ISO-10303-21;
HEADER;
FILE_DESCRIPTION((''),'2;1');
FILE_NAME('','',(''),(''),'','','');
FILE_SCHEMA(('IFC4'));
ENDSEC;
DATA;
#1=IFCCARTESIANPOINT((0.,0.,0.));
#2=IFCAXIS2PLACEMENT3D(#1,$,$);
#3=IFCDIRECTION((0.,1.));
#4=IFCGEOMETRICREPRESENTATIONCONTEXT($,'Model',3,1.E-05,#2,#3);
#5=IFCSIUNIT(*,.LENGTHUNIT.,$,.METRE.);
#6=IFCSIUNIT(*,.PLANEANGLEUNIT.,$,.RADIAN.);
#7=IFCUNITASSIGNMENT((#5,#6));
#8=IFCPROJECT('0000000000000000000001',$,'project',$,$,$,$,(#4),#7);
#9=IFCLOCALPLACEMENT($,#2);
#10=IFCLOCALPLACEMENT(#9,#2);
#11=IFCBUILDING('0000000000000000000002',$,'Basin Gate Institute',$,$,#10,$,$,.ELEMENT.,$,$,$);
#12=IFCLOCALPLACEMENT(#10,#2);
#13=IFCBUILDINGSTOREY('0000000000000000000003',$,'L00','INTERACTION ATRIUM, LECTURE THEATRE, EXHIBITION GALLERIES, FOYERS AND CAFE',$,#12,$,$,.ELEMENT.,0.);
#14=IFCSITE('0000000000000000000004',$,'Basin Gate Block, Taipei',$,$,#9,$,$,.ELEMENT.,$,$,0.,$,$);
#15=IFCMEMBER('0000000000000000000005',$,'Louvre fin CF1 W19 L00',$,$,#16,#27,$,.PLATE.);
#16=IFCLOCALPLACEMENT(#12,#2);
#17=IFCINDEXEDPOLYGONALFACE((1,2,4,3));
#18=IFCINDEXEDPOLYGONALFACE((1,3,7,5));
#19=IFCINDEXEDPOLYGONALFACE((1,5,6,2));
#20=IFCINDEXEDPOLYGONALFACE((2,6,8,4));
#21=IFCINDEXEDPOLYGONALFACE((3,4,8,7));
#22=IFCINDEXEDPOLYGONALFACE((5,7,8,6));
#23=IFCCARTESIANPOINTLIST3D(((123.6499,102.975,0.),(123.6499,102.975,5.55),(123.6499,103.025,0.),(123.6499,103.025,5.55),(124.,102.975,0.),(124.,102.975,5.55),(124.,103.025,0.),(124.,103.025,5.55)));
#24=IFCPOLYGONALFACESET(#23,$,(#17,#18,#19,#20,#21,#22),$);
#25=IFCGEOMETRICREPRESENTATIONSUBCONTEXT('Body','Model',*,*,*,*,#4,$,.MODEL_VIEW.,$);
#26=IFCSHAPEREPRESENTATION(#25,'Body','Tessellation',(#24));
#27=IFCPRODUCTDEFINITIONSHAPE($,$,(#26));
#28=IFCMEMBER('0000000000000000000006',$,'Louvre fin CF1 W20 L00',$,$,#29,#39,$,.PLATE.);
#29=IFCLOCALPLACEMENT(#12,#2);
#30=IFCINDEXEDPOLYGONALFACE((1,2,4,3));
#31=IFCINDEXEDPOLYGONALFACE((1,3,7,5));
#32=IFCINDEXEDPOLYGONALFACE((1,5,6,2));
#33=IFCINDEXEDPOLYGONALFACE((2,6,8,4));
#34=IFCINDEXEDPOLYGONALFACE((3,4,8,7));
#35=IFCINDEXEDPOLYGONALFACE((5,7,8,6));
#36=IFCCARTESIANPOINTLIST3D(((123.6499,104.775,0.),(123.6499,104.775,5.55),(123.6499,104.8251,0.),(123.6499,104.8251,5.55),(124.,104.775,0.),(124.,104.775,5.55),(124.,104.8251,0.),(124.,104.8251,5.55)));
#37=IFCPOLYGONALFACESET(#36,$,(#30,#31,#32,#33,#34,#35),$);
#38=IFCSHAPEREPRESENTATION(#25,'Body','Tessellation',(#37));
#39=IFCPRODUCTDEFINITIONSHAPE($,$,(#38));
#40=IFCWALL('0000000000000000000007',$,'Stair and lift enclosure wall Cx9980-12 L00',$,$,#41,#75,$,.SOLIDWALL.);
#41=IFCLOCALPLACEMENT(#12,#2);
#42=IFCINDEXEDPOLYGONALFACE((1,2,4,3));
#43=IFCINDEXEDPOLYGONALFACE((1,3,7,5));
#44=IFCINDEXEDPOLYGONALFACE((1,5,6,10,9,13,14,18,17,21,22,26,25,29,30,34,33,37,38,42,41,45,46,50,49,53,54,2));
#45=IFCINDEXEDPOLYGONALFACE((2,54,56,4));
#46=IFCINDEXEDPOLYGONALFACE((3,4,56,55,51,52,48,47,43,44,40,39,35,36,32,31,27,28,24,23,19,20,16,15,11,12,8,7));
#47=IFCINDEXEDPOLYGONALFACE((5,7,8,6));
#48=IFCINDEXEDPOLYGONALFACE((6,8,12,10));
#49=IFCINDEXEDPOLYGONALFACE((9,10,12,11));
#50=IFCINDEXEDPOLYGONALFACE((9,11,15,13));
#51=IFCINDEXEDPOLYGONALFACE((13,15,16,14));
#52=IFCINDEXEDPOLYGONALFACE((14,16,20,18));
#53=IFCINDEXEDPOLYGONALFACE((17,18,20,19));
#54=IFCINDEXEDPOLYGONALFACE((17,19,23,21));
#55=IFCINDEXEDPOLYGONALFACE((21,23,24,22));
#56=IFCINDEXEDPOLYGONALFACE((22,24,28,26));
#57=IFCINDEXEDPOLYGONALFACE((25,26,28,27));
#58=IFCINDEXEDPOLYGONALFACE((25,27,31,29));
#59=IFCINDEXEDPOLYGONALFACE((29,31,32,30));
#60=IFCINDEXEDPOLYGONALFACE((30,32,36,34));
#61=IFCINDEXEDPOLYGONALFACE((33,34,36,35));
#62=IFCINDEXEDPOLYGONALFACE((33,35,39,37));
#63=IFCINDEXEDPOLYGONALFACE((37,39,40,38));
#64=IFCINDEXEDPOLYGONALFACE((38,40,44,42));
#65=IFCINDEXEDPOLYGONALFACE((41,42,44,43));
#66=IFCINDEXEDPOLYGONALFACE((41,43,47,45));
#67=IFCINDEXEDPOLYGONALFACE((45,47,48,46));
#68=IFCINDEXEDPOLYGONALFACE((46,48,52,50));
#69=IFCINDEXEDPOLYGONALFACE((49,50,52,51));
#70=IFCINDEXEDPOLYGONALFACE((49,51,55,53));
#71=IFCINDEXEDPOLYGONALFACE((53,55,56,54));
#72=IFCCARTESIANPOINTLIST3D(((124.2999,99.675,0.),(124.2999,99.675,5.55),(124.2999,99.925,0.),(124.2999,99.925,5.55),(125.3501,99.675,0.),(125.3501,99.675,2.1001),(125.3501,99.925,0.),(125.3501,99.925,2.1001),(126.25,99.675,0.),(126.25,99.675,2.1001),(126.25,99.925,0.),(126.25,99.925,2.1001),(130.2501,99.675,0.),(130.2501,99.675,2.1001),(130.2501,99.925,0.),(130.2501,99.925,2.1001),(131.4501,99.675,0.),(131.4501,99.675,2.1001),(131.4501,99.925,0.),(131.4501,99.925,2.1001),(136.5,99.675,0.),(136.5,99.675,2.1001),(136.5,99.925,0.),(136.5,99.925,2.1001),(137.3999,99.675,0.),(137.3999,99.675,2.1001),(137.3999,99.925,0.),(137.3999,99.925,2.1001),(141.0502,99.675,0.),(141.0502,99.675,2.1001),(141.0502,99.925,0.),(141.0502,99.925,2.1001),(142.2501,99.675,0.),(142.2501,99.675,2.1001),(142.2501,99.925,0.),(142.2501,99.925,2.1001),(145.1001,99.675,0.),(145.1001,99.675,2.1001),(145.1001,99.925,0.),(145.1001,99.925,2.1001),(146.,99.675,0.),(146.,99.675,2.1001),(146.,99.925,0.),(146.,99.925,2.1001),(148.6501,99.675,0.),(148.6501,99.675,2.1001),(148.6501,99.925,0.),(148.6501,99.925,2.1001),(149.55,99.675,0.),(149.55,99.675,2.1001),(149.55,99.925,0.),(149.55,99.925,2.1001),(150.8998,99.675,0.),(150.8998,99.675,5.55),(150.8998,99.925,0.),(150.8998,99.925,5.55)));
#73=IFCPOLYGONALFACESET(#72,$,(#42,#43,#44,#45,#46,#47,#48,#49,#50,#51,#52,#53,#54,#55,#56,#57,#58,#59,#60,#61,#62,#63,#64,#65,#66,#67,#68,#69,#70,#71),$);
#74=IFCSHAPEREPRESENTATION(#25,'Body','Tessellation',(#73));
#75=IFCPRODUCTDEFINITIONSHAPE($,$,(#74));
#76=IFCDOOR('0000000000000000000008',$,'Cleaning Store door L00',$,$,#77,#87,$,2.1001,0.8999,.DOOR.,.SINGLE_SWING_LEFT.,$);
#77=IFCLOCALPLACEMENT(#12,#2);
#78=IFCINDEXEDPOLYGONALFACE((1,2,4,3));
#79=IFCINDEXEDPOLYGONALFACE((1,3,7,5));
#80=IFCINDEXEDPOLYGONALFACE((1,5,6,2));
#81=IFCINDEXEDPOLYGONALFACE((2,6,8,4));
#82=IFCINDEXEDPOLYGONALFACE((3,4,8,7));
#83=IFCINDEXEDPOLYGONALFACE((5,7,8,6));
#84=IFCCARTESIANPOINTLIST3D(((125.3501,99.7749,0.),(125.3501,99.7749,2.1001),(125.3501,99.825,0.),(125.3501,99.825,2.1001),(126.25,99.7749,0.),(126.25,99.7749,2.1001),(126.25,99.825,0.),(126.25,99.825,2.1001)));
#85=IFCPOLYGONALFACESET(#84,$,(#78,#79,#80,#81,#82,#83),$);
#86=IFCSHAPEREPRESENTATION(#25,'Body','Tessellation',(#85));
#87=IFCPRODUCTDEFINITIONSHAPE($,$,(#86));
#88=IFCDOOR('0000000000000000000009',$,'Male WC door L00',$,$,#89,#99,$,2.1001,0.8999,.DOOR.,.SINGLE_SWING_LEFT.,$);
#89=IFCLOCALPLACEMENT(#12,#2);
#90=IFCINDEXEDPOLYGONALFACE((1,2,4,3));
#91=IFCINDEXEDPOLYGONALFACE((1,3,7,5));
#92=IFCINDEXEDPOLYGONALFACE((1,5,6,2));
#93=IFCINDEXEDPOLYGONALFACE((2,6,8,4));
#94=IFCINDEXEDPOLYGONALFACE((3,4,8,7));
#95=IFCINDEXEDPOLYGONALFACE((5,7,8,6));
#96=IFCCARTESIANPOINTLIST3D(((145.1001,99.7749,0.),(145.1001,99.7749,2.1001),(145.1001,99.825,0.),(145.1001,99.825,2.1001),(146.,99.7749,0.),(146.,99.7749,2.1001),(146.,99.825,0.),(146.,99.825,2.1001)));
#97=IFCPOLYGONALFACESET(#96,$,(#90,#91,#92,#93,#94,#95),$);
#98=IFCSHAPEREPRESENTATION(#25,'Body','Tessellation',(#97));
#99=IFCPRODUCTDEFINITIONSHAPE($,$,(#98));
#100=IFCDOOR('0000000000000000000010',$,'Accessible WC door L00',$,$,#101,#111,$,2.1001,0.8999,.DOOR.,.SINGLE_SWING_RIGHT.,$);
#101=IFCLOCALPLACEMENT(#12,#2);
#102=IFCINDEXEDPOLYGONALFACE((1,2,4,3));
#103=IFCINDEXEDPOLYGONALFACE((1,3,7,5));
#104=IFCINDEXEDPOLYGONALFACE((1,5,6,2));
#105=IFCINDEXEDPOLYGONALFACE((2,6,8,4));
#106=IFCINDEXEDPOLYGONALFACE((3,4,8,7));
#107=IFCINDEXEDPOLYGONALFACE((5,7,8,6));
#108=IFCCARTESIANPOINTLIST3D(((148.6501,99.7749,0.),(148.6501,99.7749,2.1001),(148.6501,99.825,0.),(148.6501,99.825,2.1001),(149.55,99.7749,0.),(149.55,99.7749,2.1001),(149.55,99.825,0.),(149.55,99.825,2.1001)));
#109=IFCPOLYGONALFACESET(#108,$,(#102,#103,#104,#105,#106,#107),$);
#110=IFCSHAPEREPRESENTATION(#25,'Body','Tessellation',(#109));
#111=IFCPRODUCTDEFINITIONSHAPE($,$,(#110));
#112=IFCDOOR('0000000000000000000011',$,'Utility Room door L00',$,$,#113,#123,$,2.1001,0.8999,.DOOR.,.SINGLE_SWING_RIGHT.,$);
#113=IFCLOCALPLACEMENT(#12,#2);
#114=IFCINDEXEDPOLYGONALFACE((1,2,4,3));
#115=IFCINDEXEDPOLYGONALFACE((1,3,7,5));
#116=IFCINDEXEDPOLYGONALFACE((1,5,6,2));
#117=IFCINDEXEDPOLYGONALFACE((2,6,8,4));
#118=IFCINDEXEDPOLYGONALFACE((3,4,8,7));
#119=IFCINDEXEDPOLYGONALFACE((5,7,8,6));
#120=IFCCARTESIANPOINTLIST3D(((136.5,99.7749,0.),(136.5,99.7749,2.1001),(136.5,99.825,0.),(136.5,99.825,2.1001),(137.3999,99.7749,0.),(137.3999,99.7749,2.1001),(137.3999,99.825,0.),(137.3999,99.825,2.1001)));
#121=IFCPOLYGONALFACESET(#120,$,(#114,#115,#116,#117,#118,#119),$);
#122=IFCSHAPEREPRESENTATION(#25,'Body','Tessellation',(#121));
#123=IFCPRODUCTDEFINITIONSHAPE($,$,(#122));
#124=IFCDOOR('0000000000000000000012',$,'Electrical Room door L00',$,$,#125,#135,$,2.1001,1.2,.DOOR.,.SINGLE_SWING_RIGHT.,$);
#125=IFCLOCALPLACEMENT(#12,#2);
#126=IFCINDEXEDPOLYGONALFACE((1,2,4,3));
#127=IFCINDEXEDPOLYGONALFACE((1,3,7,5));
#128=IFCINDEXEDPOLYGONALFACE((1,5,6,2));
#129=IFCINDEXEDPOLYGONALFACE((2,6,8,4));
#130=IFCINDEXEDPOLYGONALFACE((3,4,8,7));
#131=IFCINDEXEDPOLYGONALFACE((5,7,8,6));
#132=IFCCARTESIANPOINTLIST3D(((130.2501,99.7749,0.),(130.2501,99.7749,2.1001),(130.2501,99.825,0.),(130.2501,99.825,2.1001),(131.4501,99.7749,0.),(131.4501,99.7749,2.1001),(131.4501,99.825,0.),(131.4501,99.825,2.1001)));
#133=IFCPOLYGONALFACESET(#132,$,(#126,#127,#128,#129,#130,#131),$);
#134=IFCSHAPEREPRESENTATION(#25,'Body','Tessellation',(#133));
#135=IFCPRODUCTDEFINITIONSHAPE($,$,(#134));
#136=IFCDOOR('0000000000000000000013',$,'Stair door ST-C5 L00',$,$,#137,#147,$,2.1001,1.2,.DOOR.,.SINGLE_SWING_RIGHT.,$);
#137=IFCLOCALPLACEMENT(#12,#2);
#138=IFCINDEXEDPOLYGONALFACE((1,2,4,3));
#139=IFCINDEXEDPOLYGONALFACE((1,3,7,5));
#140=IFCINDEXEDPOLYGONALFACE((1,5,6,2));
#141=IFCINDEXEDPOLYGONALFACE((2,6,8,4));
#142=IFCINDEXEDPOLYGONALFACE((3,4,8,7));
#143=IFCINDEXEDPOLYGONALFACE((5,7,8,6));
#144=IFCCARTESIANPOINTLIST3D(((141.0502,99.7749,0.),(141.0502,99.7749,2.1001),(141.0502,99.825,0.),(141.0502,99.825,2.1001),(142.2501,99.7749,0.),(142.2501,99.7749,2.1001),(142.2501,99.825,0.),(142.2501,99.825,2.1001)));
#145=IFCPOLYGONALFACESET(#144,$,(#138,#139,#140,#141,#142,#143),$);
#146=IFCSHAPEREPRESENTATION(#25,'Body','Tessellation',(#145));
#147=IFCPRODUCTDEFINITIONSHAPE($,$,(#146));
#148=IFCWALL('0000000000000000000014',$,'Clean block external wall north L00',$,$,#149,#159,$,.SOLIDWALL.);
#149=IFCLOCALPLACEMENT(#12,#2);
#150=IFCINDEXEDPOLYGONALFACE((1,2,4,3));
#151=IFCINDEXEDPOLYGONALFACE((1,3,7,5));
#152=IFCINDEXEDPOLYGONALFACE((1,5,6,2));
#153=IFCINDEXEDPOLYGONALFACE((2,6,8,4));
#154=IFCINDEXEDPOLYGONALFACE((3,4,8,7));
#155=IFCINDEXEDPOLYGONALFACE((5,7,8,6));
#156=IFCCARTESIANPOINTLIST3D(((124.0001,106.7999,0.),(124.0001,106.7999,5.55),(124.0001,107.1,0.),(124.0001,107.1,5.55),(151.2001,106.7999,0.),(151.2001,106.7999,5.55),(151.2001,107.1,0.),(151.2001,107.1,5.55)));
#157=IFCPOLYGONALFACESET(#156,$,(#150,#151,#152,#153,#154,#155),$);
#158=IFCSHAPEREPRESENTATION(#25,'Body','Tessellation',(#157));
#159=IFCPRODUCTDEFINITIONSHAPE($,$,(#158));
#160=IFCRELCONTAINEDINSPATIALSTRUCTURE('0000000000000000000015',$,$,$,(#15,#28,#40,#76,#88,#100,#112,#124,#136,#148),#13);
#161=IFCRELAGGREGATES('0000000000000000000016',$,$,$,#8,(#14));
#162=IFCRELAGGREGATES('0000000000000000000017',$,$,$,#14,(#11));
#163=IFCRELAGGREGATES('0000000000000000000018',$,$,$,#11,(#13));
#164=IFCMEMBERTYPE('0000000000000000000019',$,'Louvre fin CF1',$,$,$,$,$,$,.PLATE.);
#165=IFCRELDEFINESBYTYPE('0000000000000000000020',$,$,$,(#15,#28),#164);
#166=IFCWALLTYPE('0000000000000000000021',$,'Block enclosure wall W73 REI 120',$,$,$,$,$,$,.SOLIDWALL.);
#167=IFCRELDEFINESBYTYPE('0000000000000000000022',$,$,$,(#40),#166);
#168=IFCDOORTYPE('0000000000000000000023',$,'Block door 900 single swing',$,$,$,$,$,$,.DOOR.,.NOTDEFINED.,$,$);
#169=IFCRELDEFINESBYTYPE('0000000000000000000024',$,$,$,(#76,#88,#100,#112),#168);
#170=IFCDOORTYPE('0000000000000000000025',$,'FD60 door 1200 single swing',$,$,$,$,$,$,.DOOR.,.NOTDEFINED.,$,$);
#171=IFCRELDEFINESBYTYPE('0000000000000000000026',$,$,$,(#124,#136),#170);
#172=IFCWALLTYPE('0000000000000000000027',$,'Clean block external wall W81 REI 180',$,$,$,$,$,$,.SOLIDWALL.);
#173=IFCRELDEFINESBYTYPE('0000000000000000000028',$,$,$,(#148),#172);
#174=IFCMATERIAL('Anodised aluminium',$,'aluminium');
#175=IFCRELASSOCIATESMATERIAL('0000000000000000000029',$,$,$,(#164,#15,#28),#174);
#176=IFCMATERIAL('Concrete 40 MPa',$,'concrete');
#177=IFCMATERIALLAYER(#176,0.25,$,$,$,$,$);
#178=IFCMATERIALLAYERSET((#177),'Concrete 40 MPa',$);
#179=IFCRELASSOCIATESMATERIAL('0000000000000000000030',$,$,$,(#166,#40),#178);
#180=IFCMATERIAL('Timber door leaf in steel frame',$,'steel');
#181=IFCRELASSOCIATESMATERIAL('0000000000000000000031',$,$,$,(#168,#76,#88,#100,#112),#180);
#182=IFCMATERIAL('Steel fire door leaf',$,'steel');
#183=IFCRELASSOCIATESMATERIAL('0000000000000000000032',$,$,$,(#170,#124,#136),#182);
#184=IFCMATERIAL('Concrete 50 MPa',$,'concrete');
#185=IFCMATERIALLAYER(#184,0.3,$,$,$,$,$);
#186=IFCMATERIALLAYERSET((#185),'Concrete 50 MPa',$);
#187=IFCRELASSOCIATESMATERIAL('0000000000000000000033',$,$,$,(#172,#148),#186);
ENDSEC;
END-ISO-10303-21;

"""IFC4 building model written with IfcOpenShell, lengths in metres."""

from ifc_helpers import new_model, si_unit, direction, frame, frame_2d, origin, origin_2d, place, context, subcontext, project, spatial, rectangle, extrude, material, layer, layer_set, material_profile, profile_set, type_object, element, fill, save


model = new_model("IFC4")

# Units and contexts
model_context = context("Model", 3, precision=1e-05, world=origin(), true_north=direction((0.0, 1.0)))
body_context = subcontext(model_context, "Body", "Model", "MODEL_VIEW")
ifc_project = project(units=[si_unit("LENGTHUNIT", "METRE"), si_unit("PLANEANGLEUNIT", "RADIAN")], contexts=[model_context])

# Site, building, storey
site_placement = place(None, origin())
site = spatial("IfcSite", under=ifc_project, at=site_placement, Name="Basin Gate Block, Taipei", CompositionType="ELEMENT", RefElevation=0.0)
building_placement = place(site_placement, origin())
building = spatial("IfcBuilding", under=site, at=building_placement, Name="Basin Gate Institute", CompositionType="ELEMENT")
storey_placement = place(building_placement, origin())
storey = spatial("IfcBuildingStorey", under=building, at=storey_placement, Name="L00", Description="INTERACTION ATRIUM, LECTURE THEATRE, EXHIBITION GALLERIES, FOYERS AND CAFE", CompositionType="ELEMENT", Elevation=0.0)

# Members
ifc_material_1 = material(Name="Anodised aluminium", Category="aluminium")
ifc_material_profile_1 = material_profile(ifc_material_1, rectangle(XDim=0.05, YDim=0.3501, at=origin_2d()), Name="Louvre fin CF1 50 x 350")
ifc_profile_set_1 = profile_set([ifc_material_profile_1], Name="Anodised aluminium")
member_type = type_object("IfcMemberType", Name="Louvre fin CF1", PredefinedType="PLATE", material=ifc_profile_set_1)
for number, where, z_axis, x_axis, name in (
    (1, (123.825, 103.0, 0.0), (0.0, 0.0, 1.0), (0.0, 1.0, 0.0), "Louvre fin CF1 W19 L00"),
    (2, (123.825, 104.8, 0.0), (0.0, 0.0, 1.0), (0.0, 1.0, 0.0), "Louvre fin CF1 W20 L00"),
):
    element("IfcMember", number, at=place(storey_placement, frame(where, z_axis=z_axis, x_axis=x_axis)), inside=storey, type_object=member_type, material=ifc_profile_set_1, Name=name, PredefinedType="PLATE", context=body_context, shape_type="SweptSolid", body=[
        extrude(rectangle(XDim=0.05, YDim=0.3501, at=origin_2d()), origin(), (0.0, 0.0, 1.0), 5.55),
    ])

# Wall, openings, doors
ifc_material_2 = material(Name="Concrete 40 MPa", Category="concrete")
ifc_layer_1 = layer(ifc_material_2, 0.25)
ifc_layer_set_1 = layer_set([ifc_layer_1], Name="Concrete 40 MPa")
wall_type_1 = type_object("IfcWallType", Name="Block enclosure wall W73 REI 120", PredefinedType="SOLIDWALL", material=ifc_layer_set_1)
wall_1_placement = place(storey_placement, frame((124.3, 99.8, 0.0), z_axis=(0.0, 0.0, 1.0), x_axis=(1.0, 0.0, 0.0)))
wall_1 = element("IfcWall", 3, at=wall_1_placement, inside=storey, type_object=wall_type_1, material=ifc_layer_set_1, Name="Stair and lift enclosure wall Cx9980-12 L00", PredefinedType="SOLIDWALL", context=body_context, shape_type="SweptSolid", body=[
    extrude(rectangle(XDim=26.5999, YDim=0.25, at=frame_2d((13.2998, 0.0))), origin(), (0.0, 0.0, 1.0), 5.55),
])
opening_1_placement = place(wall_1_placement, frame((1.05, 0.0, 0.0)))
opening_1 = element("IfcOpeningElement", 4, at=opening_1_placement, cuts=wall_1, PredefinedType="OPENING", context=body_context, shape_type="SweptSolid", body=[
    extrude(rectangle(XDim=0.8999, YDim=2.1001, at=frame_2d((0.45, 1.05))), frame((0.0, 0.135, 0.0), z_axis=(0.0, -1.0, 0.0), x_axis=(1.0, 0.0, 0.0)), (0.0, 0.0, 1.0), 0.27),
])
opening_2_placement = place(wall_1_placement, frame((5.95, 0.0, 0.0)))
opening_2 = element("IfcOpeningElement", 5, at=opening_2_placement, cuts=wall_1, PredefinedType="OPENING", context=body_context, shape_type="SweptSolid", body=[
    extrude(rectangle(XDim=1.2, YDim=2.1001, at=frame_2d((0.6001, 1.05))), frame((0.0, 0.135, 0.0), z_axis=(0.0, -1.0, 0.0), x_axis=(1.0, 0.0, 0.0)), (0.0, 0.0, 1.0), 0.27),
])
opening_3_placement = place(wall_1_placement, frame((20.8, 0.0, 0.0)))
opening_3 = element("IfcOpeningElement", 6, at=opening_3_placement, cuts=wall_1, PredefinedType="OPENING", context=body_context, shape_type="SweptSolid", body=[
    extrude(rectangle(XDim=0.8999, YDim=2.1001, at=frame_2d((0.45, 1.05))), frame((0.0, 0.135, 0.0), z_axis=(0.0, -1.0, 0.0), x_axis=(1.0, 0.0, 0.0)), (0.0, 0.0, 1.0), 0.27),
])
opening_4_placement = place(wall_1_placement, frame((24.3501, 0.0, 0.0)))
opening_4 = element("IfcOpeningElement", 7, at=opening_4_placement, cuts=wall_1, PredefinedType="OPENING", context=body_context, shape_type="SweptSolid", body=[
    extrude(rectangle(XDim=0.8999, YDim=2.1001, at=frame_2d((0.45, 1.05))), frame((0.0, 0.135, 0.0), z_axis=(0.0, -1.0, 0.0), x_axis=(1.0, 0.0, 0.0)), (0.0, 0.0, 1.0), 0.27),
])
opening_5_placement = place(wall_1_placement, frame((12.2, 0.0, 0.0)))
opening_5 = element("IfcOpeningElement", 8, at=opening_5_placement, cuts=wall_1, PredefinedType="OPENING", context=body_context, shape_type="SweptSolid", body=[
    extrude(rectangle(XDim=0.8999, YDim=2.1001, at=frame_2d((0.45, 1.05))), frame((0.0, 0.135, 0.0), z_axis=(0.0, -1.0, 0.0), x_axis=(1.0, 0.0, 0.0)), (0.0, 0.0, 1.0), 0.27),
])
opening_6_placement = place(wall_1_placement, frame((16.75, 0.0, 0.0)))
opening_6 = element("IfcOpeningElement", 9, at=opening_6_placement, cuts=wall_1, PredefinedType="OPENING", context=body_context, shape_type="SweptSolid", body=[
    extrude(rectangle(XDim=1.2, YDim=2.1001, at=frame_2d((0.6001, 1.05))), frame((0.0, 0.135, 0.0), z_axis=(0.0, -1.0, 0.0), x_axis=(1.0, 0.0, 0.0)), (0.0, 0.0, 1.0), 0.27),
])
ifc_material_3 = material(Name="Timber door leaf in steel frame", Category="steel")
door_type_1 = type_object("IfcDoorType", Name="Block door 900 single swing", OperationType="NOTDEFINED", PredefinedType="DOOR", material=ifc_material_3)
door_1_placement = place(opening_1_placement, origin())
door_1 = element("IfcDoor", 10, at=door_1_placement, inside=storey, type_object=door_type_1, material=ifc_material_3, Name="Cleaning Store door L00", OperationType="SINGLE_SWING_LEFT", OverallHeight=2.1001, OverallWidth=0.8999, PredefinedType="DOOR", context=body_context, shape_type="SweptSolid", body=[
    extrude(rectangle(XDim=0.8999, YDim=2.1001, at=frame_2d((0.45, 1.05))), frame((0.0, 0.0249, 0.0), z_axis=(0.0, -1.0, 0.0), x_axis=(1.0, 0.0, 0.0)), (0.0, 0.0, 1.0), 0.05),
])
fill(opening_1, door_1)
door_2_placement = place(opening_3_placement, origin())
door_2 = element("IfcDoor", 11, at=door_2_placement, inside=storey, type_object=door_type_1, material=ifc_material_3, Name="Male WC door L00", OperationType="SINGLE_SWING_LEFT", OverallHeight=2.1001, OverallWidth=0.8999, PredefinedType="DOOR", context=body_context, shape_type="SweptSolid", body=[
    extrude(rectangle(XDim=0.8999, YDim=2.1001, at=frame_2d((0.45, 1.05))), frame((0.0, 0.0249, 0.0), z_axis=(0.0, -1.0, 0.0), x_axis=(1.0, 0.0, 0.0)), (0.0, 0.0, 1.0), 0.05),
])
fill(opening_3, door_2)
door_3_placement = place(opening_4_placement, origin())
door_3 = element("IfcDoor", 12, at=door_3_placement, inside=storey, type_object=door_type_1, material=ifc_material_3, Name="Accessible WC door L00", OperationType="SINGLE_SWING_RIGHT", OverallHeight=2.1001, OverallWidth=0.8999, PredefinedType="DOOR", context=body_context, shape_type="SweptSolid", body=[
    extrude(rectangle(XDim=0.8999, YDim=2.1001, at=frame_2d((0.45, 1.05))), frame((0.0, 0.0249, 0.0), z_axis=(0.0, -1.0, 0.0), x_axis=(1.0, 0.0, 0.0)), (0.0, 0.0, 1.0), 0.05),
])
fill(opening_4, door_3)
door_4_placement = place(opening_5_placement, origin())
door_4 = element("IfcDoor", 13, at=door_4_placement, inside=storey, type_object=door_type_1, material=ifc_material_3, Name="Utility Room door L00", OperationType="SINGLE_SWING_RIGHT", OverallHeight=2.1001, OverallWidth=0.8999, PredefinedType="DOOR", context=body_context, shape_type="SweptSolid", body=[
    extrude(rectangle(XDim=0.8999, YDim=2.1001, at=frame_2d((0.45, 1.05))), frame((0.0, 0.0249, 0.0), z_axis=(0.0, -1.0, 0.0), x_axis=(1.0, 0.0, 0.0)), (0.0, 0.0, 1.0), 0.05),
])
fill(opening_5, door_4)
ifc_material_4 = material(Name="Steel fire door leaf", Category="steel")
door_type_2 = type_object("IfcDoorType", Name="FD60 door 1200 single swing", OperationType="NOTDEFINED", PredefinedType="DOOR", material=ifc_material_4)
door_5_placement = place(opening_2_placement, origin())
door_5 = element("IfcDoor", 14, at=door_5_placement, inside=storey, type_object=door_type_2, material=ifc_material_4, Name="Electrical Room door L00", OperationType="SINGLE_SWING_RIGHT", OverallHeight=2.1001, OverallWidth=1.2, PredefinedType="DOOR", context=body_context, shape_type="SweptSolid", body=[
    extrude(rectangle(XDim=1.2, YDim=2.1001, at=frame_2d((0.6001, 1.05))), frame((0.0, 0.0249, 0.0), z_axis=(0.0, -1.0, 0.0), x_axis=(1.0, 0.0, 0.0)), (0.0, 0.0, 1.0), 0.05),
])
fill(opening_2, door_5)
door_6_placement = place(opening_6_placement, origin())
door_6 = element("IfcDoor", 15, at=door_6_placement, inside=storey, type_object=door_type_2, material=ifc_material_4, Name="Stair door ST-C5 L00", OperationType="SINGLE_SWING_RIGHT", OverallHeight=2.1001, OverallWidth=1.2, PredefinedType="DOOR", context=body_context, shape_type="SweptSolid", body=[
    extrude(rectangle(XDim=1.2, YDim=2.1001, at=frame_2d((0.6001, 1.05))), frame((0.0, 0.0249, 0.0), z_axis=(0.0, -1.0, 0.0), x_axis=(1.0, 0.0, 0.0)), (0.0, 0.0, 1.0), 0.05),
])
fill(opening_6, door_6)

# Wall
ifc_material_5 = material(Name="Concrete 50 MPa", Category="concrete")
ifc_layer_2 = layer(ifc_material_5, 0.3)
ifc_layer_set_2 = layer_set([ifc_layer_2], Name="Concrete 50 MPa")
wall_type_2 = type_object("IfcWallType", Name="Clean block external wall W81 REI 180", PredefinedType="SOLIDWALL", material=ifc_layer_set_2)
wall_2_placement = place(storey_placement, frame((124.0, 106.95, 0.0), z_axis=(0.0, 0.0, 1.0), x_axis=(1.0, 0.0, 0.0)))
element("IfcWall", 16, at=wall_2_placement, inside=storey, type_object=wall_type_2, material=ifc_layer_set_2, Name="Clean block external wall north L00", PredefinedType="SOLIDWALL", context=body_context, shape_type="SweptSolid", body=[
    extrude(rectangle(XDim=27.2, YDim=0.3, at=frame_2d((13.6001, 0.0))), origin(), (0.0, 0.0, 1.0), 5.55),
])

save(model, "model.ifc")
